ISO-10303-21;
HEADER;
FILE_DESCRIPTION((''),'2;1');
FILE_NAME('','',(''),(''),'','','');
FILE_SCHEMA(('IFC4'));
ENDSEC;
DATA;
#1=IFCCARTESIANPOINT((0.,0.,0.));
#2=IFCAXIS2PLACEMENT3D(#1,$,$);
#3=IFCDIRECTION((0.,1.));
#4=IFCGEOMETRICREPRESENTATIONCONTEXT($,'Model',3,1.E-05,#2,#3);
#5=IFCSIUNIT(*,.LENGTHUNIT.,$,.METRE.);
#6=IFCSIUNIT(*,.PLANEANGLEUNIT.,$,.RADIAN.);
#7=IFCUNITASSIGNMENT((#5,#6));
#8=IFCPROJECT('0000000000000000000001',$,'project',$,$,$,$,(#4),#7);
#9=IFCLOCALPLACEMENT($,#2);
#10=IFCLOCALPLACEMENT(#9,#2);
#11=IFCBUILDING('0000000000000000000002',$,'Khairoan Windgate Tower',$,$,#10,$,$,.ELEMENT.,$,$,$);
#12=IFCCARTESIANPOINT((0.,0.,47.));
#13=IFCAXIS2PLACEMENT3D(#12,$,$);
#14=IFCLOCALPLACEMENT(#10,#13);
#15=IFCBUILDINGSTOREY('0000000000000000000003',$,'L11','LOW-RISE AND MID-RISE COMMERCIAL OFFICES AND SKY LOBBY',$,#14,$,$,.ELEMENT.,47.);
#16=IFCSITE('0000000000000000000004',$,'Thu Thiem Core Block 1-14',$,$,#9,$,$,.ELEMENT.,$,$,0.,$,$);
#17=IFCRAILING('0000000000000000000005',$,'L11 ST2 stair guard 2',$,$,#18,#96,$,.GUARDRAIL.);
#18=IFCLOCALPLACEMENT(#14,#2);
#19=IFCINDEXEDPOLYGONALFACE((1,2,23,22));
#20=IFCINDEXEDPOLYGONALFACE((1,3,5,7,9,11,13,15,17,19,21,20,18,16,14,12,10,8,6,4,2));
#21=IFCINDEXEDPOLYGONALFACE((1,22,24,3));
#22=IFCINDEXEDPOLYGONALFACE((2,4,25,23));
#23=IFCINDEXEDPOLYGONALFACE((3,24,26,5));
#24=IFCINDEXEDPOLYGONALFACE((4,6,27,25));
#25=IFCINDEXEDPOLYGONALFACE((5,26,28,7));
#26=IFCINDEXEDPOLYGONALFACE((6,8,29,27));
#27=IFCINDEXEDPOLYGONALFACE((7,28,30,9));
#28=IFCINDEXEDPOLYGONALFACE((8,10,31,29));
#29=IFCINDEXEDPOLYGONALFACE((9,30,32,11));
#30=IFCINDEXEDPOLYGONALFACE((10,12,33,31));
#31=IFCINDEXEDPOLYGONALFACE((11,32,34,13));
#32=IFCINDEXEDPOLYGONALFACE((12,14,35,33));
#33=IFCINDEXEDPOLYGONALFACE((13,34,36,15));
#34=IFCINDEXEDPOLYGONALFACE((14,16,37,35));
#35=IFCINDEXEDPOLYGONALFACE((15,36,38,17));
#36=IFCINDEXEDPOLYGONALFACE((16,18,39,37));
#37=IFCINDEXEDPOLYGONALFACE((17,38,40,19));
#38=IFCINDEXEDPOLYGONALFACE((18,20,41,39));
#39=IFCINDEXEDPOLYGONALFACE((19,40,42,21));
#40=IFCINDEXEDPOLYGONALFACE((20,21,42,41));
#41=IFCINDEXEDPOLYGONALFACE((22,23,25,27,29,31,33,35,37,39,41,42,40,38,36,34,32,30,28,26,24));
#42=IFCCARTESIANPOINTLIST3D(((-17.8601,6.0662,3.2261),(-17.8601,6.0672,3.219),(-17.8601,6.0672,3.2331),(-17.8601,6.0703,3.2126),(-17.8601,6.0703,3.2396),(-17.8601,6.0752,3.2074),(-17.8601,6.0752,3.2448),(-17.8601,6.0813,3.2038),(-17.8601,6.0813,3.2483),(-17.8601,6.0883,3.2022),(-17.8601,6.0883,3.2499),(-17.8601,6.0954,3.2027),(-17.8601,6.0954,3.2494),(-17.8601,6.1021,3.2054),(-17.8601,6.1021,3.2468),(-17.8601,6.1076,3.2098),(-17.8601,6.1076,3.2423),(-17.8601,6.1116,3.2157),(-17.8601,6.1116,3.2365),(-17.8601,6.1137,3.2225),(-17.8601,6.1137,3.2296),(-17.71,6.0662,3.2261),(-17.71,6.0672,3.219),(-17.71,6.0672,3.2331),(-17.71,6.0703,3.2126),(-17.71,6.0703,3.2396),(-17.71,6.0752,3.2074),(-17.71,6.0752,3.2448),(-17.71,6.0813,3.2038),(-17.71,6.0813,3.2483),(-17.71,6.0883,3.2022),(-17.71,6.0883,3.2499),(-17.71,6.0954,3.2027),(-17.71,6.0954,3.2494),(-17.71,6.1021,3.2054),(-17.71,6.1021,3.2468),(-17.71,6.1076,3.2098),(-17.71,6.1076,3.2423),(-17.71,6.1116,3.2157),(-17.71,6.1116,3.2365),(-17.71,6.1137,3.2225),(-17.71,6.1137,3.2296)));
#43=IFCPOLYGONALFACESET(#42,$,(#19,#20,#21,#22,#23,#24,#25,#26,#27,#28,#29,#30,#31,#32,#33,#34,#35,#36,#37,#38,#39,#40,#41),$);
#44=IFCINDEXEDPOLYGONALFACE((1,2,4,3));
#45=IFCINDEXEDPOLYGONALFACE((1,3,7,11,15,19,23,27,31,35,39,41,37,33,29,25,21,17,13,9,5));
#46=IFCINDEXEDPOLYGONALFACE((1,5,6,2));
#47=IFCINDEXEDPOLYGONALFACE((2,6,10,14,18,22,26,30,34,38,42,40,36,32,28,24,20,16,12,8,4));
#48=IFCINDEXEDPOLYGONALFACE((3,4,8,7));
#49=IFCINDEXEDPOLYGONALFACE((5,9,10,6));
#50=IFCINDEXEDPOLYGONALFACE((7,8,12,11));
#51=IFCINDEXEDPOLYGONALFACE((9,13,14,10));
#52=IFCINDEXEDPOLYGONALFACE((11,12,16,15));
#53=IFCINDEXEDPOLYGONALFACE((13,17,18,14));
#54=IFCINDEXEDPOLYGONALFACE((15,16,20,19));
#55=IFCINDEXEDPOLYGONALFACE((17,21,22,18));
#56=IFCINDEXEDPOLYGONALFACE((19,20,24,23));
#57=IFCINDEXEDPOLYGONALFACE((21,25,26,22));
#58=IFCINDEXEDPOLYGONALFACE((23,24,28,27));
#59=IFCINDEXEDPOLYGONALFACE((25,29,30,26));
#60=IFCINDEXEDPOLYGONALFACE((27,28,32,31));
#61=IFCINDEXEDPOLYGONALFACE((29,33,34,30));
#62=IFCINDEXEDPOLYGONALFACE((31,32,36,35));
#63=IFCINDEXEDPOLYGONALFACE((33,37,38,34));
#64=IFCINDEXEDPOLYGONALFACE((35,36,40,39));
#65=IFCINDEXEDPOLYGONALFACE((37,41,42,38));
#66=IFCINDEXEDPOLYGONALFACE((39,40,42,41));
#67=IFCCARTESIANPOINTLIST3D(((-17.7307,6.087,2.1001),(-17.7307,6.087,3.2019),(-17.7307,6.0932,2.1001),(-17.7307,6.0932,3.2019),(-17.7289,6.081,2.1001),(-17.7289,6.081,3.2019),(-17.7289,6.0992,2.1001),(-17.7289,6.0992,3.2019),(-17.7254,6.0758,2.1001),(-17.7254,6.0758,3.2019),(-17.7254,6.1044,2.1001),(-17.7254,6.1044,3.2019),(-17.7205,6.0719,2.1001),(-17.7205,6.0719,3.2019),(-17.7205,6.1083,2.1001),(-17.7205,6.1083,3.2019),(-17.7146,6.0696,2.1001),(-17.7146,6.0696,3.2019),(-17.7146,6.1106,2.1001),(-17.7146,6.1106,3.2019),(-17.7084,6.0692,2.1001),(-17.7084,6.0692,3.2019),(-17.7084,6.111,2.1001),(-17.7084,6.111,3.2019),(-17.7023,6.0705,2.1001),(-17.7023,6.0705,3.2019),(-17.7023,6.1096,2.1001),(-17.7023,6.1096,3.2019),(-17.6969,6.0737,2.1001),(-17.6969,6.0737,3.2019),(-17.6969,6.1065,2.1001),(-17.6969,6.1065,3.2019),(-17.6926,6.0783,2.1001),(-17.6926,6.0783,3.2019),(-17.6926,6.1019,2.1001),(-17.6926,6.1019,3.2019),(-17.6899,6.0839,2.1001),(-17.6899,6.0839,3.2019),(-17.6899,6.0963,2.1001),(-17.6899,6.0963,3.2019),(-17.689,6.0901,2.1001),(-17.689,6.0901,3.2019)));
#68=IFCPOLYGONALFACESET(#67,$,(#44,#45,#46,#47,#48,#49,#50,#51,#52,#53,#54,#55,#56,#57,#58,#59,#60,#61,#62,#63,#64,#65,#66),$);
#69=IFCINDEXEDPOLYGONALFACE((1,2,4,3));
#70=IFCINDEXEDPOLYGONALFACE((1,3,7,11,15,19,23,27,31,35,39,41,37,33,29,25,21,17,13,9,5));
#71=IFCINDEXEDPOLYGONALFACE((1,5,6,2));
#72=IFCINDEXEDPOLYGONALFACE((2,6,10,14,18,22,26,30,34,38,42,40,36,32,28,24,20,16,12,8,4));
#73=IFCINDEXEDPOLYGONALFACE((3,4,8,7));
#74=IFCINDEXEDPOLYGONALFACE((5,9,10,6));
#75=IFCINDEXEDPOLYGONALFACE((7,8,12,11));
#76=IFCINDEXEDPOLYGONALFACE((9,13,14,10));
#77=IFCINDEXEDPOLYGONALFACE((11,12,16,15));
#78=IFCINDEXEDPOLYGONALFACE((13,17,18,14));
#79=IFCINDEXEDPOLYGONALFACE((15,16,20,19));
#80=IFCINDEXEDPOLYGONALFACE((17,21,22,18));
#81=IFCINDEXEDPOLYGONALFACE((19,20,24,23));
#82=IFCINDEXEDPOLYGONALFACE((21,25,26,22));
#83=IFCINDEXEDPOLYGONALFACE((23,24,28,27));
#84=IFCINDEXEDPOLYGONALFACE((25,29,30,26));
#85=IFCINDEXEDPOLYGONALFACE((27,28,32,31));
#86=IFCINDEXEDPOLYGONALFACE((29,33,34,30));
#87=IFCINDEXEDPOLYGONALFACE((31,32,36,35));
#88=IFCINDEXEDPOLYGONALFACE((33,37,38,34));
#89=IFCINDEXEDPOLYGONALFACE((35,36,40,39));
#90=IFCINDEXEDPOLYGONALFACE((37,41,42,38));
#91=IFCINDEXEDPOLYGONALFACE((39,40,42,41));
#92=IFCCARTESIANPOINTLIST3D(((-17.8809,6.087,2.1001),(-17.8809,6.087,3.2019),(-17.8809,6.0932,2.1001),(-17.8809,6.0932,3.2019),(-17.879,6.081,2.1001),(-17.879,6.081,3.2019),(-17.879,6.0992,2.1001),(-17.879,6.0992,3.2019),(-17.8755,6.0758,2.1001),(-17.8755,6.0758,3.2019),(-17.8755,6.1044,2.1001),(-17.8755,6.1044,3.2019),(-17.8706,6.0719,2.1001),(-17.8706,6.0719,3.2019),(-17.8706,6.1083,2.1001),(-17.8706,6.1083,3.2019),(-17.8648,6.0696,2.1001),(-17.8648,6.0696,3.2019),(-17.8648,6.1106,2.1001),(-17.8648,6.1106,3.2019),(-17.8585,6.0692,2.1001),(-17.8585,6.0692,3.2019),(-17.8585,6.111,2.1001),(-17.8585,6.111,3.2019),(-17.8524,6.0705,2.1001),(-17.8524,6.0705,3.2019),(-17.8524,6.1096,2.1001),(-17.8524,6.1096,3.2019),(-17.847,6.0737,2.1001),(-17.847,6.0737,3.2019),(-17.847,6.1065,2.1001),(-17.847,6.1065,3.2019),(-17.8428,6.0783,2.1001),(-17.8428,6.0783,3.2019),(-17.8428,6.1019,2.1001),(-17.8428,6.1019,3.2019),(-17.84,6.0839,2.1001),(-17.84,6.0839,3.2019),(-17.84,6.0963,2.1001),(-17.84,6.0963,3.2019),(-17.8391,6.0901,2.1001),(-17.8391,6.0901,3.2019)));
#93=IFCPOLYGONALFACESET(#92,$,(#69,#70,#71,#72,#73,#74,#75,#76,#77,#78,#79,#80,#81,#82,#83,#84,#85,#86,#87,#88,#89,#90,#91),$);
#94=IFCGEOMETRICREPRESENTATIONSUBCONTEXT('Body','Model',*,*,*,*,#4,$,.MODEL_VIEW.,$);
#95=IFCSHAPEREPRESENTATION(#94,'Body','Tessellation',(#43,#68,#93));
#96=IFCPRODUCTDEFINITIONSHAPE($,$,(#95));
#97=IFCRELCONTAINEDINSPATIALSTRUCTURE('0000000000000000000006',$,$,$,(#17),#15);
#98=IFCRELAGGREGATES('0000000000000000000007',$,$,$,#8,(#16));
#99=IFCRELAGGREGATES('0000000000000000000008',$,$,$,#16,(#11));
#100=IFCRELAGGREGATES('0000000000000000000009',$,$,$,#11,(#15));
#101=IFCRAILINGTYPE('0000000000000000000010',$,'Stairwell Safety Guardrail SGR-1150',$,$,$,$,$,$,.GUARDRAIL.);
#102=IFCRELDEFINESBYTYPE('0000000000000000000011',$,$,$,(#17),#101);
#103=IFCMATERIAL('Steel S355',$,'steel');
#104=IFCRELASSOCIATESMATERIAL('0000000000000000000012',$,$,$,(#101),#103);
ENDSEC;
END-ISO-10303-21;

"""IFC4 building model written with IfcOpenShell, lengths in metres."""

from ifc_helpers import new_model, si_unit, direction, frame, origin, origin_2d, place, context, subcontext, project, spatial, circle, extrude, material, type_object, element, save


model = new_model("IFC4")

# Units and contexts
model_context = context("Model", 3, precision=1e-05, world=origin(), true_north=direction((0.0, 1.0)))
body_context = subcontext(model_context, "Body", "Model", "MODEL_VIEW")
ifc_project = project(units=[si_unit("LENGTHUNIT", "METRE"), si_unit("PLANEANGLEUNIT", "RADIAN")], contexts=[model_context])

# Site, building, storey
site_placement = place(None, origin())
site = spatial("IfcSite", under=ifc_project, at=site_placement, Name="Thu Thiem Core Block 1-14", CompositionType="ELEMENT", RefElevation=0.0)
building_placement = place(site_placement, origin())
building = spatial("IfcBuilding", under=site, at=building_placement, Name="Khairoan Windgate Tower", CompositionType="ELEMENT")
storey_placement = place(building_placement, frame((0.0, 0.0, 47.0)))
storey = spatial("IfcBuildingStorey", under=building, at=storey_placement, Name="L11", Description="LOW-RISE AND MID-RISE COMMERCIAL OFFICES AND SKY LOBBY", CompositionType="ELEMENT", Elevation=47.0)

# Railing
ifc_material_1 = material(Name="Steel S355", Category="steel")
railing_type_1 = type_object("IfcRailingType", Name="Stairwell Safety Guardrail SGR-1150", PredefinedType="GUARDRAIL", material=ifc_material_1)
railing_1_placement = place(storey_placement, frame((-17.71, 6.0901, 2.1001)))
element("IfcRailing", 1, at=railing_1_placement, inside=storey, type_object=railing_type_1, Name="L11 ST2 stair guard 2", PredefinedType="GUARDRAIL", context=body_context, shape_type="SweptSolid", body=[
    extrude(circle(Radius=0.0239, at=origin_2d()), frame((0.0, 0.0, 1.126), z_axis=(-1.0, 0.0, 0.0), x_axis=(0.0, -1.0, 0.0)), (0.0, 0.0, 1.0), 0.1501),
    extrude(circle(Radius=0.021, at=origin_2d()), origin(), (0.0, 0.0, 1.0), 1.1018),
    extrude(circle(Radius=0.021, at=origin_2d()), frame((-0.1501, 0.0, 0.0)), (0.0, 0.0, 1.0), 1.1018),
])

save(model, "model.ifc")
